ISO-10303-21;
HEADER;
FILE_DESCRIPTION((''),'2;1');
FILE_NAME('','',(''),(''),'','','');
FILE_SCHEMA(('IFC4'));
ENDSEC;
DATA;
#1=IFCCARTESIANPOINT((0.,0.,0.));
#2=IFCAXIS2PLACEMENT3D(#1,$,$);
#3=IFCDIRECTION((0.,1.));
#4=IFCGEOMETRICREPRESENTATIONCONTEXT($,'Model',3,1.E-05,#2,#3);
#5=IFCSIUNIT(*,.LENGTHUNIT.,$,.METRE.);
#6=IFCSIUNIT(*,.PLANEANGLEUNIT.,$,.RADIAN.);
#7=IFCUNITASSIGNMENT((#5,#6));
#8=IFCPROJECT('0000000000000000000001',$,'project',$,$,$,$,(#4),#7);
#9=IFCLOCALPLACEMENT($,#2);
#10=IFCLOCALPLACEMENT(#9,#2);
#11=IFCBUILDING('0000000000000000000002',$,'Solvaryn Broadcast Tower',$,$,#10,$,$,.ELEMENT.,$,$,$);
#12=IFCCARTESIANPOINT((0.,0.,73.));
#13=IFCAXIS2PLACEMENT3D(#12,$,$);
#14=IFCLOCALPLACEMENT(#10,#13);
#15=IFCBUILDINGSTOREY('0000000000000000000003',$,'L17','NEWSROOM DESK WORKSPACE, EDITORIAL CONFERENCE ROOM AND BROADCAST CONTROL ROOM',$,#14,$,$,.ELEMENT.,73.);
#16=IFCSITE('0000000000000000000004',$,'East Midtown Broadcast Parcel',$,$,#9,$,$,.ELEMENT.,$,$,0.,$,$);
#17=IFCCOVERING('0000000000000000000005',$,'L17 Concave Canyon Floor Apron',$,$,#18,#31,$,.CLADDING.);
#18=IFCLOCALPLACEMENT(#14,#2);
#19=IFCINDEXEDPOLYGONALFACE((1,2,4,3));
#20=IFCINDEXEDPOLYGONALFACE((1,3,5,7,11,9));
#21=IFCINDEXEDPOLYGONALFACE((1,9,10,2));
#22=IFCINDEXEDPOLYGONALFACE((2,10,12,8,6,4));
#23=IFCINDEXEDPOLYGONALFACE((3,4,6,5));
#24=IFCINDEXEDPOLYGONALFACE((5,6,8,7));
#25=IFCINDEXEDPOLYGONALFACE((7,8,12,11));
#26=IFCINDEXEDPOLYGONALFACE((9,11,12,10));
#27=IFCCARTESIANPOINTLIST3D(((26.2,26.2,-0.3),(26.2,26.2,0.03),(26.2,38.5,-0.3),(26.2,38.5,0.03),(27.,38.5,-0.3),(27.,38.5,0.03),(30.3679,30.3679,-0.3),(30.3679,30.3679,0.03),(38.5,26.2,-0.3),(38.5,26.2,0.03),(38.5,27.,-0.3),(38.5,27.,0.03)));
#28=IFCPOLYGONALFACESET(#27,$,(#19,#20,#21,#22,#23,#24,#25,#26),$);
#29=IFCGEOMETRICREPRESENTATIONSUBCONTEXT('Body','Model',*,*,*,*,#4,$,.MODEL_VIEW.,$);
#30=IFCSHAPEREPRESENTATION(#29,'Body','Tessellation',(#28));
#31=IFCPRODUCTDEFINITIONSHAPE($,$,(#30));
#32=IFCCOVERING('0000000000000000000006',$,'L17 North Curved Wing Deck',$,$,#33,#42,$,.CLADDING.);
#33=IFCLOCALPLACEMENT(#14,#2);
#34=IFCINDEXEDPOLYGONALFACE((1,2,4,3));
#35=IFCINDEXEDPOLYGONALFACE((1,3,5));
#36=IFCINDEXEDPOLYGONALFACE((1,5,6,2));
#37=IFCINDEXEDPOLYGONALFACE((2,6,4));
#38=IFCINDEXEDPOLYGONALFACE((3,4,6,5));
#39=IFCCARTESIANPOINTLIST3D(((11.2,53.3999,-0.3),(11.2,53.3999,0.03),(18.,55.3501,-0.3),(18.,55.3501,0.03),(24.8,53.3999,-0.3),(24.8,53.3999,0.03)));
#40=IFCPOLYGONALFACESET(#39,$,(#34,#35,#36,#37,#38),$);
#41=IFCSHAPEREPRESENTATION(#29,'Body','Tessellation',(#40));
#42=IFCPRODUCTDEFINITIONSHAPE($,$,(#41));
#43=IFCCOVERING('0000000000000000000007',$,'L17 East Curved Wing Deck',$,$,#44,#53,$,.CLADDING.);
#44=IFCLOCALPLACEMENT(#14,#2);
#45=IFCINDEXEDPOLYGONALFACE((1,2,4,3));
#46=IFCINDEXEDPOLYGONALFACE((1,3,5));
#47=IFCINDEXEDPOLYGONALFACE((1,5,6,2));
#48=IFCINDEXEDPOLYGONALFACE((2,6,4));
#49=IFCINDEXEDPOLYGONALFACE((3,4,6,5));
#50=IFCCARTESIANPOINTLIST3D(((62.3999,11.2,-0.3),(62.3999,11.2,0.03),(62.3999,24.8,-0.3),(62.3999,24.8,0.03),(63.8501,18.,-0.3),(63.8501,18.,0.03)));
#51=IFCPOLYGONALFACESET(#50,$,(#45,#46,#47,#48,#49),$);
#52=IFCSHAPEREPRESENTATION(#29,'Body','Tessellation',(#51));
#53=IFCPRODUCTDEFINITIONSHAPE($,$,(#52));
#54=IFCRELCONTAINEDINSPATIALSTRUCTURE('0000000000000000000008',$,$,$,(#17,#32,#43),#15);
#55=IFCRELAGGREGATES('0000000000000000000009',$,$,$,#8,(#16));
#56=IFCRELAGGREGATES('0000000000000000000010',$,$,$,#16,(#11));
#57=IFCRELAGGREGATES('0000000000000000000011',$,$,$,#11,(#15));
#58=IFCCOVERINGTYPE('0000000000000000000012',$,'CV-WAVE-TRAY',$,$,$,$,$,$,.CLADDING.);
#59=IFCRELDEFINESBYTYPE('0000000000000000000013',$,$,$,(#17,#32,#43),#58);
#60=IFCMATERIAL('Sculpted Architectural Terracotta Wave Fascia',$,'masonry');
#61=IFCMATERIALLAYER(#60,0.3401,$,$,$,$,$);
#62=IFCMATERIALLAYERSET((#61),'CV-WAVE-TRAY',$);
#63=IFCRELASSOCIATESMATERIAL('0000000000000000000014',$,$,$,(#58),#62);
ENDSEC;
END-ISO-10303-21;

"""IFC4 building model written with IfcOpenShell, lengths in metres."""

from ifc_helpers import new_model, si_unit, direction, frame, origin, place, context, subcontext, project, spatial, polyline, outline, extrude, material, layer, layer_set, type_object, element, save


model = new_model("IFC4")

# Units and contexts
model_context = context("Model", 3, precision=1e-05, world=origin(), true_north=direction((0.0, 1.0)))
body_context = subcontext(model_context, "Body", "Model", "MODEL_VIEW")
ifc_project = project(units=[si_unit("LENGTHUNIT", "METRE"), si_unit("PLANEANGLEUNIT", "RADIAN")], contexts=[model_context])

# Site, building, storey
site_placement = place(None, origin())
site = spatial("IfcSite", under=ifc_project, at=site_placement, Name="East Midtown Broadcast Parcel", CompositionType="ELEMENT", RefElevation=0.0)
building_placement = place(site_placement, origin())
building = spatial("IfcBuilding", under=site, at=building_placement, Name="Solvaryn Broadcast Tower", CompositionType="ELEMENT")
storey_placement = place(building_placement, frame((0.0, 0.0, 73.0)))
storey = spatial("IfcBuildingStorey", under=building, at=storey_placement, Name="L17", Description="NEWSROOM DESK WORKSPACE, EDITORIAL CONFERENCE ROOM AND BROADCAST CONTROL ROOM", CompositionType="ELEMENT", Elevation=73.0)

# Coverings
ifc_material_1 = material(Name="Sculpted Architectural Terracotta Wave Fascia", Category="masonry")
ifc_layer_1 = layer(ifc_material_1, 0.3401)
ifc_layer_set_1 = layer_set([ifc_layer_1], Name="CV-WAVE-TRAY")
covering_type_1 = type_object("IfcCoveringType", Name="CV-WAVE-TRAY", PredefinedType="CLADDING", material=ifc_layer_set_1)
covering_1_placement = place(storey_placement, frame((0.0, 0.0, -0.3)))
element("IfcCovering", 1, at=covering_1_placement, inside=storey, type_object=covering_type_1, Name="L17 Concave Canyon Floor Apron", PredefinedType="CLADDING", context=body_context, shape_type="SweptSolid", body=[
    extrude(outline(polyline([(26.2, 26.2), (38.5, 26.2), (38.5, 27.0), (30.3679, 30.3679), (27.0, 38.5), (26.2, 38.5), (26.2, 26.2)])), origin(), (0.0, 0.0, 1.0), 0.3301),
])
covering_2_placement = place(storey_placement, frame((0.0, 0.0, -0.3)))
element("IfcCovering", 2, at=covering_2_placement, inside=storey, type_object=covering_type_1, Name="L17 North Curved Wing Deck", PredefinedType="CLADDING", context=body_context, shape_type="SweptSolid", body=[
    extrude(outline(polyline([(11.2, 53.3999), (24.8, 53.3999), (18.0, 55.3501), (11.2, 53.3999)])), origin(), (0.0, 0.0, 1.0), 0.3301),
])
covering_3_placement = place(storey_placement, frame((0.0, 0.0, -0.3)))
element("IfcCovering", 3, at=covering_3_placement, inside=storey, type_object=covering_type_1, Name="L17 East Curved Wing Deck", PredefinedType="CLADDING", context=body_context, shape_type="SweptSolid", body=[
    extrude(outline(polyline([(62.3999, 11.2), (63.8501, 18.0), (62.3999, 24.8), (62.3999, 11.2)])), origin(), (0.0, 0.0, 1.0), 0.3301),
])

save(model, "model.ifc")
